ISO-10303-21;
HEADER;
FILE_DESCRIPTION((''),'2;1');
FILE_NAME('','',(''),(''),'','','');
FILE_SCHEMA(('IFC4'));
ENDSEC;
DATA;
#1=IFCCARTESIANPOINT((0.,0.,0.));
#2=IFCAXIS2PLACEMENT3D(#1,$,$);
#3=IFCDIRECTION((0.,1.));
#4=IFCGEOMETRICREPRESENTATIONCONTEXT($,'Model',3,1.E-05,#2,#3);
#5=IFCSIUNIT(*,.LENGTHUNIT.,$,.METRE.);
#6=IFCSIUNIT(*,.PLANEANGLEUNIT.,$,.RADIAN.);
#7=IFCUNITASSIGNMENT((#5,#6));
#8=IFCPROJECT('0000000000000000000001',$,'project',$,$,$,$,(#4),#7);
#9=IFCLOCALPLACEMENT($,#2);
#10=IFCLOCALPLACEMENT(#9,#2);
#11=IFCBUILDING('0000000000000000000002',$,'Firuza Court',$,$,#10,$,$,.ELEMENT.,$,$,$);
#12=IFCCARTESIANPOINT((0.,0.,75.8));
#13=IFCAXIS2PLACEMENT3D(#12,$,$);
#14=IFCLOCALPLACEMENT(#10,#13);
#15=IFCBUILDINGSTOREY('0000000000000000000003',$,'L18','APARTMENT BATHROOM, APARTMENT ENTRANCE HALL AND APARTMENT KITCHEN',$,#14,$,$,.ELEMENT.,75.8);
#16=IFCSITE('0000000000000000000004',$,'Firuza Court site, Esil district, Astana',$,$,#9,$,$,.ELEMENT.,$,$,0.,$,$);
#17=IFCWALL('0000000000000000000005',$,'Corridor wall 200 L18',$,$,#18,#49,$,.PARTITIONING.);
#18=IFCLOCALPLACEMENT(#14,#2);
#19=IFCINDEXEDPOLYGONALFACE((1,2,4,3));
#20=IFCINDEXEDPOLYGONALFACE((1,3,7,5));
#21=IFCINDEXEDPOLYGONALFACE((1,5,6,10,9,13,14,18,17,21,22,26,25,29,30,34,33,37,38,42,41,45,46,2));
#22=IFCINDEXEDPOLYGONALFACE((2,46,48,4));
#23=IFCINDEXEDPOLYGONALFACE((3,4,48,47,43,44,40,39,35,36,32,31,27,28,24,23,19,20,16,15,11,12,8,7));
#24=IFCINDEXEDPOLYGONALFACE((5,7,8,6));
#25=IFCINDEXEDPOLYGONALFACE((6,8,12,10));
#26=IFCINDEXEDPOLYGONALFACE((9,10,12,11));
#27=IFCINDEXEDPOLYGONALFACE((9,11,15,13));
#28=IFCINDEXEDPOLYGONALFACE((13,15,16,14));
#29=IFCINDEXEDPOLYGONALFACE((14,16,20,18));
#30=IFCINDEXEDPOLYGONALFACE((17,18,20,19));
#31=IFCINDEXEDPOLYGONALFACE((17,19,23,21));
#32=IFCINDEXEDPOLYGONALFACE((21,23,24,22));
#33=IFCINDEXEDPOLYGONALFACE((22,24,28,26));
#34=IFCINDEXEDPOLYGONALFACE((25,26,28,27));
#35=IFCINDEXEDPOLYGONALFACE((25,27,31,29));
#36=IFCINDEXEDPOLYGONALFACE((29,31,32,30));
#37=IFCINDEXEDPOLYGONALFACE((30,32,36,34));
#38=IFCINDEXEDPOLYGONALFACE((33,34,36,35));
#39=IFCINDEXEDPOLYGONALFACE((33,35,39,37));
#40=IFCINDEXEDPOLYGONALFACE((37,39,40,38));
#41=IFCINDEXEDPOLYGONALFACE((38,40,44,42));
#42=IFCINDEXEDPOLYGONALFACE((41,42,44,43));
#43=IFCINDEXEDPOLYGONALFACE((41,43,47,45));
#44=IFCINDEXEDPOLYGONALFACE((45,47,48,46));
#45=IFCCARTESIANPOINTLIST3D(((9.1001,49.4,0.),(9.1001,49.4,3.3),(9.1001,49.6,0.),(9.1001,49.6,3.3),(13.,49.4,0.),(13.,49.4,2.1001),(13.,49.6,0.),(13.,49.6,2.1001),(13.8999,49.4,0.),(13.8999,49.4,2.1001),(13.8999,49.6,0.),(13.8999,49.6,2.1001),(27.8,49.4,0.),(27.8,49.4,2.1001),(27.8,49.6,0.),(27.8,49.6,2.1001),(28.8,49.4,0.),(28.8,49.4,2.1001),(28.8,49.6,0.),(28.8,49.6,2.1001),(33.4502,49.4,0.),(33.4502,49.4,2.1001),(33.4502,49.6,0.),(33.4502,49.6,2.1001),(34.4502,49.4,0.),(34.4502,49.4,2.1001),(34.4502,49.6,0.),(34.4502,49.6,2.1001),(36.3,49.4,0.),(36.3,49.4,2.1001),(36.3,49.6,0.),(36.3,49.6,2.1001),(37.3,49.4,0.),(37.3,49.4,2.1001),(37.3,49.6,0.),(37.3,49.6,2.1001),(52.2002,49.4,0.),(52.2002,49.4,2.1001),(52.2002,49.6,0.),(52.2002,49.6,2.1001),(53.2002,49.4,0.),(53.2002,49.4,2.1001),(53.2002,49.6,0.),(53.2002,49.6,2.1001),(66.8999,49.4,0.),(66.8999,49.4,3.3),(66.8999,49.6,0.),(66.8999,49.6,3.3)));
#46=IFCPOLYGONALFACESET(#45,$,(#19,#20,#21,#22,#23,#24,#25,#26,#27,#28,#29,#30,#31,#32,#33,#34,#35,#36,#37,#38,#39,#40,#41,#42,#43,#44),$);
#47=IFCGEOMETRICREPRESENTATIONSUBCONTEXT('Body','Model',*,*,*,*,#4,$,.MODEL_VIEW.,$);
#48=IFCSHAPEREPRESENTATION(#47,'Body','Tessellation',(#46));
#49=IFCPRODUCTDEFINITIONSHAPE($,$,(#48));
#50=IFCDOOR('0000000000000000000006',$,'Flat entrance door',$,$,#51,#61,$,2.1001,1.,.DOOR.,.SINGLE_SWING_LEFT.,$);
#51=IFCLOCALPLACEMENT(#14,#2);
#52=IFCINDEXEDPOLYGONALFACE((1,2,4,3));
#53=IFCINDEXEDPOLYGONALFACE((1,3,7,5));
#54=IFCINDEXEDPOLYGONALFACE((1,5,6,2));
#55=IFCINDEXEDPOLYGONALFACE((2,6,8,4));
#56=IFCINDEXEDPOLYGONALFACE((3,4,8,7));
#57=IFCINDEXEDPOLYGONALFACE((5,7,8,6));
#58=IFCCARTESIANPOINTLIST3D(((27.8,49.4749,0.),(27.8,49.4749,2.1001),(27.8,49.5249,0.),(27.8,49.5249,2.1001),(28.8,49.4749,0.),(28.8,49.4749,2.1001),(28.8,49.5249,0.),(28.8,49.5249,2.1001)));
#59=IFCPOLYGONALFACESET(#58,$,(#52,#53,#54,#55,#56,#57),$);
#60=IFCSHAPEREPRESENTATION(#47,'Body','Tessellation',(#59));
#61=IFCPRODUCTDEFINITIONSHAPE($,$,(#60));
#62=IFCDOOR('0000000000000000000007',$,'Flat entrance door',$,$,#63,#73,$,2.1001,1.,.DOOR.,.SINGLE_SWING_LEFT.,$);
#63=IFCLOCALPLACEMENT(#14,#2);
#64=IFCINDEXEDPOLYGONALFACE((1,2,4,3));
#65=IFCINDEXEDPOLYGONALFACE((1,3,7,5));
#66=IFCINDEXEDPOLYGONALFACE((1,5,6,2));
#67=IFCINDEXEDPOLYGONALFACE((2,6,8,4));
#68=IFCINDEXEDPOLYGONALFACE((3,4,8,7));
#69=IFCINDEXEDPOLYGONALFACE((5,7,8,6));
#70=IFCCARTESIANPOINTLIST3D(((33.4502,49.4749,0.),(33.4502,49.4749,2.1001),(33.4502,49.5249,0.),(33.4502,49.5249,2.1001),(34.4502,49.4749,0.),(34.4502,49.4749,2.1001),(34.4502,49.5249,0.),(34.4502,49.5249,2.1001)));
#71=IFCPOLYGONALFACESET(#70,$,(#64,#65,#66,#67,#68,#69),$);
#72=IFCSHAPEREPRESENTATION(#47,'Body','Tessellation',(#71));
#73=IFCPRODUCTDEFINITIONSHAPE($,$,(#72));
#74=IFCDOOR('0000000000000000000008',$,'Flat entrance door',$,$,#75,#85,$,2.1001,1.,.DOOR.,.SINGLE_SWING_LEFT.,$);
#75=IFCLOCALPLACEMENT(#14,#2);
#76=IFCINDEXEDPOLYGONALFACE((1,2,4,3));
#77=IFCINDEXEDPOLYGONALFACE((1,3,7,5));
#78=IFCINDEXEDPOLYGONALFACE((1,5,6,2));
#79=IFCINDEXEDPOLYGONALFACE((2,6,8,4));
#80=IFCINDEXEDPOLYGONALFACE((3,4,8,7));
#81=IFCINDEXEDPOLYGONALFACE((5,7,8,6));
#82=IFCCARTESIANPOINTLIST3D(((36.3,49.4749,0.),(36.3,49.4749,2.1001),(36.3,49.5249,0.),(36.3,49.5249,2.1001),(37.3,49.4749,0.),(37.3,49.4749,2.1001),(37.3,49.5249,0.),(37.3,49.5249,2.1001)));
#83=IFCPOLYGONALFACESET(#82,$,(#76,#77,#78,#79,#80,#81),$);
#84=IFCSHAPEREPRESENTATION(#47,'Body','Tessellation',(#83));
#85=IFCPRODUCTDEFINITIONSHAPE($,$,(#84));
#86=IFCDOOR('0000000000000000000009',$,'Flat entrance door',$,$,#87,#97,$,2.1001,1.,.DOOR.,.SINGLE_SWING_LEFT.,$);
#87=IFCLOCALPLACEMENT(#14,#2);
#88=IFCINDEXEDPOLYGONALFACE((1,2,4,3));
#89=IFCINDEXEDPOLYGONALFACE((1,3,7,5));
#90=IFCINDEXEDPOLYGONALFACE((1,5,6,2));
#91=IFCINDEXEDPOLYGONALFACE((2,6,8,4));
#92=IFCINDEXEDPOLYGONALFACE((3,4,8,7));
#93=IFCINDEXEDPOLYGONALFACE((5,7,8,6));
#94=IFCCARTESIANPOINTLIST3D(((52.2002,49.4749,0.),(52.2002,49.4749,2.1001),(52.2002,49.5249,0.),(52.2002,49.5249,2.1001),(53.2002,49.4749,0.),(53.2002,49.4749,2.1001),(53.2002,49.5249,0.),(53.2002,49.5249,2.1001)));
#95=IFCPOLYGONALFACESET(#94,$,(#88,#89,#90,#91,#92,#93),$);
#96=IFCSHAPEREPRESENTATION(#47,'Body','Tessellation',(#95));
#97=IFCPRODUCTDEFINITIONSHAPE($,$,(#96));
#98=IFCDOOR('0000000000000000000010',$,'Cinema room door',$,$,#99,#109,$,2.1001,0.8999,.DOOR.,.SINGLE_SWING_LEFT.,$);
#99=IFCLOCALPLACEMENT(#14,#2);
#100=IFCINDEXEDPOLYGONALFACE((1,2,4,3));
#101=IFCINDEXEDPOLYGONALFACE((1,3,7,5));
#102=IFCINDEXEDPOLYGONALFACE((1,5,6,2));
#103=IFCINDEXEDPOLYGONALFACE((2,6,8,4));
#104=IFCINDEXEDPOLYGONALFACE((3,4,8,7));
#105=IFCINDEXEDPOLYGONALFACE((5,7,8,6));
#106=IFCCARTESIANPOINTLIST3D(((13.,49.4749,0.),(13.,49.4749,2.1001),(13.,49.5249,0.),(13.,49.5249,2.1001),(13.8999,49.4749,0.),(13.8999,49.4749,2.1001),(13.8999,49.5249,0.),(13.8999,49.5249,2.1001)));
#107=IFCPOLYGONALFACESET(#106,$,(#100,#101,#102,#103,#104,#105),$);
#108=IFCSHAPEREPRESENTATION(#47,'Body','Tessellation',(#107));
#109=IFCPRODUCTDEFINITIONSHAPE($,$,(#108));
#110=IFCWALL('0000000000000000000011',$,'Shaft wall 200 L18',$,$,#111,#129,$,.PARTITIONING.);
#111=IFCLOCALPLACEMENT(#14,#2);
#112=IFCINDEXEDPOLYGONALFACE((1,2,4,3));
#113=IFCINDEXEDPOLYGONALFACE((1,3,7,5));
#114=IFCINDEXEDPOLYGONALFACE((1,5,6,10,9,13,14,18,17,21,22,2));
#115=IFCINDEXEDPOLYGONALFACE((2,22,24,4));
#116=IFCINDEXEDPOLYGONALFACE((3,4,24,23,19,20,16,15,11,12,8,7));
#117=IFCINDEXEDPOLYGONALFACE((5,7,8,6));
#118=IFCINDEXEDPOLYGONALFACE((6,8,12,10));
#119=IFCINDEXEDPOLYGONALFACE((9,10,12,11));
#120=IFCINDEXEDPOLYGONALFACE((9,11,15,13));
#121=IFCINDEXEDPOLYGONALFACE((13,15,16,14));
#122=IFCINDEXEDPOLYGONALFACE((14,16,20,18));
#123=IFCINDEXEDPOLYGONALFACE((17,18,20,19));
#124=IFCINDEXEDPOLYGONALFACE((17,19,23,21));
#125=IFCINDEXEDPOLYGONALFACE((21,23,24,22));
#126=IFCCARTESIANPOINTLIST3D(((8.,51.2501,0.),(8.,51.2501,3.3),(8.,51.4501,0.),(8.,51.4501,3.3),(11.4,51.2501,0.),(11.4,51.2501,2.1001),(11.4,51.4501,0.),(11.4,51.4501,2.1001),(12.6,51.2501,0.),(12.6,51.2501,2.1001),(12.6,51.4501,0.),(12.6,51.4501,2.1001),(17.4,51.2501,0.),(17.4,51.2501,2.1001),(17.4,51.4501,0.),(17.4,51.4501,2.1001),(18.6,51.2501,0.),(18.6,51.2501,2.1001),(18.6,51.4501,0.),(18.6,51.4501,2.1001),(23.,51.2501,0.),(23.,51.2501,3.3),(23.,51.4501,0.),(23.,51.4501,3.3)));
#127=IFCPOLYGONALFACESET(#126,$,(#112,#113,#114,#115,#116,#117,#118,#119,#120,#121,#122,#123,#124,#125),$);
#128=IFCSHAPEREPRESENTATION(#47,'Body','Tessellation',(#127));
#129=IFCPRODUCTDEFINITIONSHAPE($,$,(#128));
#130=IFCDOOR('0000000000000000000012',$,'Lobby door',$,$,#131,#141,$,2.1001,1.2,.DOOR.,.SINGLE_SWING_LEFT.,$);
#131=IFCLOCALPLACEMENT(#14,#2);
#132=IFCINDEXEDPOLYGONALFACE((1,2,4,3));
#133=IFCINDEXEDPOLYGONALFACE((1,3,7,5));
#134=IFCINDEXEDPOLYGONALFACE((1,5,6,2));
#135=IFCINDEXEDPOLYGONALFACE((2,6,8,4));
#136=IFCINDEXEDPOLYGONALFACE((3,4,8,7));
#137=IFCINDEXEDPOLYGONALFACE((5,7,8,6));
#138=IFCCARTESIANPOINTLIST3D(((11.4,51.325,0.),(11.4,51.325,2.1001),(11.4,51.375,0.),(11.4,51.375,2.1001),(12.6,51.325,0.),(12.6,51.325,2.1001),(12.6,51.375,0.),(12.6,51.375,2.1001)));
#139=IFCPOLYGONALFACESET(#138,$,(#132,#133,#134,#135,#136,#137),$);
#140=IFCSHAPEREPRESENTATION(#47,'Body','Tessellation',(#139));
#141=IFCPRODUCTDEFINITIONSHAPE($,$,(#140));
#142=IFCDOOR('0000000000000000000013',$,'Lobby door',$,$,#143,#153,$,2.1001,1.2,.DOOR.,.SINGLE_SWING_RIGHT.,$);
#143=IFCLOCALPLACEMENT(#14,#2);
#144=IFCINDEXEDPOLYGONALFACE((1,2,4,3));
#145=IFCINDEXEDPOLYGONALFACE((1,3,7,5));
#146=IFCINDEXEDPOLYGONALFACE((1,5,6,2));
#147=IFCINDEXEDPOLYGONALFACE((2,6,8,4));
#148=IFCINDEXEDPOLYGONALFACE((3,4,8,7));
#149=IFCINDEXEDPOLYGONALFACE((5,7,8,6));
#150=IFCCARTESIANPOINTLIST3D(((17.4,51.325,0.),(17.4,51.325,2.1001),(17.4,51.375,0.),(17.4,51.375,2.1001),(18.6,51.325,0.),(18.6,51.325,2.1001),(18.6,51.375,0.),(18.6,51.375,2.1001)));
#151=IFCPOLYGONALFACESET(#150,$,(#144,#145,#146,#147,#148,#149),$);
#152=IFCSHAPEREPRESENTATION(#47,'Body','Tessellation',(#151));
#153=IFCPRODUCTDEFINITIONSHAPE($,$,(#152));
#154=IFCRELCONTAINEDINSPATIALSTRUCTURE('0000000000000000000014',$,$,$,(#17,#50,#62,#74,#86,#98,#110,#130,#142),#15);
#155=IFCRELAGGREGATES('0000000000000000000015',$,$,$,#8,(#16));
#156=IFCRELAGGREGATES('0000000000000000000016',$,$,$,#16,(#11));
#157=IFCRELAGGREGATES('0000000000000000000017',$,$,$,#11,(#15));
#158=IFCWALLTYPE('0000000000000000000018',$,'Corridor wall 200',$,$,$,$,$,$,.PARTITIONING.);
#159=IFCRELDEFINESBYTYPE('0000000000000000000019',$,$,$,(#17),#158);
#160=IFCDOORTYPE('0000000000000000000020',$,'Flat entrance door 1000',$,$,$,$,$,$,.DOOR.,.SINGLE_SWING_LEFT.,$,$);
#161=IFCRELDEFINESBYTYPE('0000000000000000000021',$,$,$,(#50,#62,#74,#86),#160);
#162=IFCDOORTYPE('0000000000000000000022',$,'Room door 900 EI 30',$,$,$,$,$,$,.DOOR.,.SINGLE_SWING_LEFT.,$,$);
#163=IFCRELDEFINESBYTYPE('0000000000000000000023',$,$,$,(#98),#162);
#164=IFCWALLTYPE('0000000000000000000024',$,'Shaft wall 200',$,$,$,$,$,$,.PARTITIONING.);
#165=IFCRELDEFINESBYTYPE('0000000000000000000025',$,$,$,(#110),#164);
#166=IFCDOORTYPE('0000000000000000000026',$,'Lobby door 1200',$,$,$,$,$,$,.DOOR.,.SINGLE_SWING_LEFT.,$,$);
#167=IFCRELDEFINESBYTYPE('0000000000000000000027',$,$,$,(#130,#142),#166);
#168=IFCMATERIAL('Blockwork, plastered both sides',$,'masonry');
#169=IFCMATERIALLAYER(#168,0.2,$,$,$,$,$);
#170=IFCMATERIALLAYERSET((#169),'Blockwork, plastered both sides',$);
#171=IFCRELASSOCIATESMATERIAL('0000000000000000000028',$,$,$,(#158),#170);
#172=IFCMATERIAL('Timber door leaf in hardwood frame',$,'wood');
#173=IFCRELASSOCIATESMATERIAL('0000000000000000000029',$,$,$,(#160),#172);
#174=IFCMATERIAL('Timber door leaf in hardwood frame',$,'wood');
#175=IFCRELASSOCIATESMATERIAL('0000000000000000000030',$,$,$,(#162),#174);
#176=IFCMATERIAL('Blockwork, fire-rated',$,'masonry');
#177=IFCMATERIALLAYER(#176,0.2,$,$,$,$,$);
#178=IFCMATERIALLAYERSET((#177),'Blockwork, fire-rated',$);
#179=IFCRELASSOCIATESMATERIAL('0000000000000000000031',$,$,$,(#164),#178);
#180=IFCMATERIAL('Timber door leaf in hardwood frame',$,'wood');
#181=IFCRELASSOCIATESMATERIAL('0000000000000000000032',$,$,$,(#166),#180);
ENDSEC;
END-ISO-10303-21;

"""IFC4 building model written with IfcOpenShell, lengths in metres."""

from ifc_helpers import new_model, si_unit, direction, frame, frame_2d, origin, place, context, subcontext, project, spatial, rectangle, extrude, material, layer, layer_set, type_object, element, fill, save


model = new_model("IFC4")

# Units and contexts
model_context = context("Model", 3, precision=1e-05, world=origin(), true_north=direction((0.0, 1.0)))
body_context = subcontext(model_context, "Body", "Model", "MODEL_VIEW")
ifc_project = project(units=[si_unit("LENGTHUNIT", "METRE"), si_unit("PLANEANGLEUNIT", "RADIAN")], contexts=[model_context])

# Site, building, storey
site_placement = place(None, origin())
site = spatial("IfcSite", under=ifc_project, at=site_placement, Name="Firuza Court site, Esil district, Astana", CompositionType="ELEMENT", RefElevation=0.0)
building_placement = place(site_placement, origin())
building = spatial("IfcBuilding", under=site, at=building_placement, Name="Firuza Court", CompositionType="ELEMENT")
storey_placement = place(building_placement, frame((0.0, 0.0, 75.8)))
storey = spatial("IfcBuildingStorey", under=building, at=storey_placement, Name="L18", Description="APARTMENT BATHROOM, APARTMENT ENTRANCE HALL AND APARTMENT KITCHEN", CompositionType="ELEMENT", Elevation=75.8)

# Walls, openings, doors
ifc_material_1 = material(Name="Blockwork, plastered both sides", Category="masonry")
ifc_layer_1 = layer(ifc_material_1, 0.2)
ifc_layer_set_1 = layer_set([ifc_layer_1], Name="Blockwork, plastered both sides")
wall_type_1 = type_object("IfcWallType", Name="Corridor wall 200", PredefinedType="PARTITIONING", material=ifc_layer_set_1)
wall_1_placement = place(storey_placement, frame((9.1001, 49.5, 0.0), z_axis=(0.0, 0.0, 1.0), x_axis=(1.0, 0.0, 0.0)))
wall_1 = element("IfcWall", 1, at=wall_1_placement, inside=storey, type_object=wall_type_1, Name="Corridor wall 200 L18", PredefinedType="PARTITIONING", context=body_context, shape_type="SweptSolid", body=[
    extrude(rectangle(XDim=57.7998, YDim=0.2, at=frame_2d((28.8999, 0.0))), origin(), (0.0, 0.0, 1.0), 3.3),
])
opening_1_placement = place(wall_1_placement, frame((18.7, 0.0, 0.0)))
opening_1 = element("IfcOpeningElement", 2, at=opening_1_placement, cuts=wall_1, PredefinedType="OPENING", context=body_context, shape_type="SweptSolid", body=[
    extrude(rectangle(XDim=1.0, YDim=2.1001, at=frame_2d((0.5, 1.05))), frame((0.0, 0.1118, 0.0), z_axis=(0.0, -1.0, 0.0), x_axis=(1.0, 0.0, 0.0)), (0.0, 0.0, 1.0), 0.2239),
])
opening_2_placement = place(wall_1_placement, frame((24.3501, 0.0, 0.0)))
opening_2 = element("IfcOpeningElement", 3, at=opening_2_placement, cuts=wall_1, PredefinedType="OPENING", context=body_context, shape_type="SweptSolid", body=[
    extrude(rectangle(XDim=1.0, YDim=2.1001, at=frame_2d((0.5, 1.05))), frame((0.0, 0.1118, 0.0), z_axis=(0.0, -1.0, 0.0), x_axis=(1.0, 0.0, 0.0)), (0.0, 0.0, 1.0), 0.2239),
])
opening_3_placement = place(wall_1_placement, frame((27.2, 0.0, 0.0)))
opening_3 = element("IfcOpeningElement", 4, at=opening_3_placement, cuts=wall_1, PredefinedType="OPENING", context=body_context, shape_type="SweptSolid", body=[
    extrude(rectangle(XDim=1.0, YDim=2.1001, at=frame_2d((0.5, 1.05))), frame((0.0, 0.1118, 0.0), z_axis=(0.0, -1.0, 0.0), x_axis=(1.0, 0.0, 0.0)), (0.0, 0.0, 1.0), 0.2239),
])
opening_4_placement = place(wall_1_placement, frame((43.1001, 0.0, 0.0)))
opening_4 = element("IfcOpeningElement", 5, at=opening_4_placement, cuts=wall_1, PredefinedType="OPENING", context=body_context, shape_type="SweptSolid", body=[
    extrude(rectangle(XDim=1.0, YDim=2.1001, at=frame_2d((0.5, 1.05))), frame((0.0, 0.1118, 0.0), z_axis=(0.0, -1.0, 0.0), x_axis=(1.0, 0.0, 0.0)), (0.0, 0.0, 1.0), 0.2239),
])
opening_5_placement = place(wall_1_placement, frame((3.8999, 0.0, 0.0)))
opening_5 = element("IfcOpeningElement", 6, at=opening_5_placement, cuts=wall_1, PredefinedType="OPENING", context=body_context, shape_type="SweptSolid", body=[
    extrude(rectangle(XDim=0.8999, YDim=2.1001, at=frame_2d((0.45, 1.05))), frame((0.0, 0.1118, 0.0), z_axis=(0.0, -1.0, 0.0), x_axis=(1.0, 0.0, 0.0)), (0.0, 0.0, 1.0), 0.2239),
])
ifc_material_2 = material(Name="Timber door leaf in hardwood frame", Category="wood")
door_type_1 = type_object("IfcDoorType", Name="Flat entrance door 1000", OperationType="SINGLE_SWING_LEFT", PredefinedType="DOOR", material=ifc_material_2)
door_1_placement = place(opening_1_placement, origin())
door_1 = element("IfcDoor", 7, at=door_1_placement, inside=storey, type_object=door_type_1, Name="Flat entrance door", OperationType="SINGLE_SWING_LEFT", OverallHeight=2.1001, OverallWidth=1.0, PredefinedType="DOOR", context=body_context, shape_type="SweptSolid", body=[
    extrude(rectangle(XDim=1.0, YDim=2.1001, at=frame_2d((0.5, 1.05))), frame((0.0, 0.0249, 0.0), z_axis=(0.0, -1.0, 0.0), x_axis=(1.0, 0.0, 0.0)), (0.0, 0.0, 1.0), 0.05),
])
fill(opening_1, door_1)
door_2_placement = place(opening_2_placement, origin())
door_2 = element("IfcDoor", 8, at=door_2_placement, inside=storey, type_object=door_type_1, Name="Flat entrance door", OperationType="SINGLE_SWING_LEFT", OverallHeight=2.1001, OverallWidth=1.0, PredefinedType="DOOR", context=body_context, shape_type="SweptSolid", body=[
    extrude(rectangle(XDim=1.0, YDim=2.1001, at=frame_2d((0.5, 1.05))), frame((0.0, 0.0249, 0.0), z_axis=(0.0, -1.0, 0.0), x_axis=(1.0, 0.0, 0.0)), (0.0, 0.0, 1.0), 0.05),
])
fill(opening_2, door_2)
door_3_placement = place(opening_3_placement, origin())
door_3 = element("IfcDoor", 9, at=door_3_placement, inside=storey, type_object=door_type_1, Name="Flat entrance door", OperationType="SINGLE_SWING_LEFT", OverallHeight=2.1001, OverallWidth=1.0, PredefinedType="DOOR", context=body_context, shape_type="SweptSolid", body=[
    extrude(rectangle(XDim=1.0, YDim=2.1001, at=frame_2d((0.5, 1.05))), frame((0.0, 0.0249, 0.0), z_axis=(0.0, -1.0, 0.0), x_axis=(1.0, 0.0, 0.0)), (0.0, 0.0, 1.0), 0.05),
])
fill(opening_3, door_3)
door_4_placement = place(opening_4_placement, origin())
door_4 = element("IfcDoor", 10, at=door_4_placement, inside=storey, type_object=door_type_1, Name="Flat entrance door", OperationType="SINGLE_SWING_LEFT", OverallHeight=2.1001, OverallWidth=1.0, PredefinedType="DOOR", context=body_context, shape_type="SweptSolid", body=[
    extrude(rectangle(XDim=1.0, YDim=2.1001, at=frame_2d((0.5, 1.05))), frame((0.0, 0.0249, 0.0), z_axis=(0.0, -1.0, 0.0), x_axis=(1.0, 0.0, 0.0)), (0.0, 0.0, 1.0), 0.05),
])
fill(opening_4, door_4)
ifc_material_3 = material(Name="Timber door leaf in hardwood frame", Category="wood")
door_type_2 = type_object("IfcDoorType", Name="Room door 900 EI 30", OperationType="SINGLE_SWING_LEFT", PredefinedType="DOOR", material=ifc_material_3)
door_5_placement = place(opening_5_placement, origin())
door_5 = element("IfcDoor", 11, at=door_5_placement, inside=storey, type_object=door_type_2, Name="Cinema room door", OperationType="SINGLE_SWING_LEFT", OverallHeight=2.1001, OverallWidth=0.8999, PredefinedType="DOOR", context=body_context, shape_type="SweptSolid", body=[
    extrude(rectangle(XDim=0.8999, YDim=2.1001, at=frame_2d((0.45, 1.05))), frame((0.0, 0.0249, 0.0), z_axis=(0.0, -1.0, 0.0), x_axis=(1.0, 0.0, 0.0)), (0.0, 0.0, 1.0), 0.05),
])
fill(opening_5, door_5)
ifc_material_4 = material(Name="Blockwork, fire-rated", Category="masonry")
ifc_layer_2 = layer(ifc_material_4, 0.2)
ifc_layer_set_2 = layer_set([ifc_layer_2], Name="Blockwork, fire-rated")
wall_type_2 = type_object("IfcWallType", Name="Shaft wall 200", PredefinedType="PARTITIONING", material=ifc_layer_set_2)
wall_2_placement = place(storey_placement, frame((8.0, 51.3501, 0.0), z_axis=(0.0, 0.0, 1.0), x_axis=(1.0, 0.0, 0.0)))
wall_2 = element("IfcWall", 12, at=wall_2_placement, inside=storey, type_object=wall_type_2, Name="Shaft wall 200 L18", PredefinedType="PARTITIONING", context=body_context, shape_type="SweptSolid", body=[
    extrude(rectangle(XDim=15.0, YDim=0.2, at=frame_2d((7.5, 0.0))), origin(), (0.0, 0.0, 1.0), 3.3),
])
opening_6_placement = place(wall_2_placement, frame((3.3999, 0.0, 0.0)))
opening_6 = element("IfcOpeningElement", 13, at=opening_6_placement, cuts=wall_2, PredefinedType="OPENING", context=body_context, shape_type="SweptSolid", body=[
    extrude(rectangle(XDim=1.2, YDim=2.1001, at=frame_2d((0.6001, 1.05))), frame((0.0, 0.1118, 0.0), z_axis=(0.0, -1.0, 0.0), x_axis=(1.0, 0.0, 0.0)), (0.0, 0.0, 1.0), 0.2239),
])
opening_7_placement = place(wall_2_placement, frame((9.3999, 0.0, 0.0)))
opening_7 = element("IfcOpeningElement", 14, at=opening_7_placement, cuts=wall_2, PredefinedType="OPENING", context=body_context, shape_type="SweptSolid", body=[
    extrude(rectangle(XDim=1.2, YDim=2.1001, at=frame_2d((0.6001, 1.05))), frame((0.0, 0.1118, 0.0), z_axis=(0.0, -1.0, 0.0), x_axis=(1.0, 0.0, 0.0)), (0.0, 0.0, 1.0), 0.2239),
])
ifc_material_5 = material(Name="Timber door leaf in hardwood frame", Category="wood")
door_type_3 = type_object("IfcDoorType", Name="Lobby door 1200", OperationType="SINGLE_SWING_LEFT", PredefinedType="DOOR", material=ifc_material_5)
door_6_placement = place(opening_6_placement, origin())
door_6 = element("IfcDoor", 15, at=door_6_placement, inside=storey, type_object=door_type_3, Name="Lobby door", OperationType="SINGLE_SWING_LEFT", OverallHeight=2.1001, OverallWidth=1.2, PredefinedType="DOOR", context=body_context, shape_type="SweptSolid", body=[
    extrude(rectangle(XDim=1.2, YDim=2.1001, at=frame_2d((0.6001, 1.05))), frame((0.0, 0.0249, 0.0), z_axis=(0.0, -1.0, 0.0), x_axis=(1.0, 0.0, 0.0)), (0.0, 0.0, 1.0), 0.05),
])
fill(opening_6, door_6)
door_7_placement = place(opening_7_placement, origin())
door_7 = element("IfcDoor", 16, at=door_7_placement, inside=storey, type_object=door_type_3, Name="Lobby door", OperationType="SINGLE_SWING_RIGHT", OverallHeight=2.1001, OverallWidth=1.2, PredefinedType="DOOR", context=body_context, shape_type="SweptSolid", body=[
    extrude(rectangle(XDim=1.2, YDim=2.1001, at=frame_2d((0.6001, 1.05))), frame((0.0, 0.0249, 0.0), z_axis=(0.0, -1.0, 0.0), x_axis=(1.0, 0.0, 0.0)), (0.0, 0.0, 1.0), 0.05),
])
fill(opening_7, door_7)

save(model, "model.ifc")
